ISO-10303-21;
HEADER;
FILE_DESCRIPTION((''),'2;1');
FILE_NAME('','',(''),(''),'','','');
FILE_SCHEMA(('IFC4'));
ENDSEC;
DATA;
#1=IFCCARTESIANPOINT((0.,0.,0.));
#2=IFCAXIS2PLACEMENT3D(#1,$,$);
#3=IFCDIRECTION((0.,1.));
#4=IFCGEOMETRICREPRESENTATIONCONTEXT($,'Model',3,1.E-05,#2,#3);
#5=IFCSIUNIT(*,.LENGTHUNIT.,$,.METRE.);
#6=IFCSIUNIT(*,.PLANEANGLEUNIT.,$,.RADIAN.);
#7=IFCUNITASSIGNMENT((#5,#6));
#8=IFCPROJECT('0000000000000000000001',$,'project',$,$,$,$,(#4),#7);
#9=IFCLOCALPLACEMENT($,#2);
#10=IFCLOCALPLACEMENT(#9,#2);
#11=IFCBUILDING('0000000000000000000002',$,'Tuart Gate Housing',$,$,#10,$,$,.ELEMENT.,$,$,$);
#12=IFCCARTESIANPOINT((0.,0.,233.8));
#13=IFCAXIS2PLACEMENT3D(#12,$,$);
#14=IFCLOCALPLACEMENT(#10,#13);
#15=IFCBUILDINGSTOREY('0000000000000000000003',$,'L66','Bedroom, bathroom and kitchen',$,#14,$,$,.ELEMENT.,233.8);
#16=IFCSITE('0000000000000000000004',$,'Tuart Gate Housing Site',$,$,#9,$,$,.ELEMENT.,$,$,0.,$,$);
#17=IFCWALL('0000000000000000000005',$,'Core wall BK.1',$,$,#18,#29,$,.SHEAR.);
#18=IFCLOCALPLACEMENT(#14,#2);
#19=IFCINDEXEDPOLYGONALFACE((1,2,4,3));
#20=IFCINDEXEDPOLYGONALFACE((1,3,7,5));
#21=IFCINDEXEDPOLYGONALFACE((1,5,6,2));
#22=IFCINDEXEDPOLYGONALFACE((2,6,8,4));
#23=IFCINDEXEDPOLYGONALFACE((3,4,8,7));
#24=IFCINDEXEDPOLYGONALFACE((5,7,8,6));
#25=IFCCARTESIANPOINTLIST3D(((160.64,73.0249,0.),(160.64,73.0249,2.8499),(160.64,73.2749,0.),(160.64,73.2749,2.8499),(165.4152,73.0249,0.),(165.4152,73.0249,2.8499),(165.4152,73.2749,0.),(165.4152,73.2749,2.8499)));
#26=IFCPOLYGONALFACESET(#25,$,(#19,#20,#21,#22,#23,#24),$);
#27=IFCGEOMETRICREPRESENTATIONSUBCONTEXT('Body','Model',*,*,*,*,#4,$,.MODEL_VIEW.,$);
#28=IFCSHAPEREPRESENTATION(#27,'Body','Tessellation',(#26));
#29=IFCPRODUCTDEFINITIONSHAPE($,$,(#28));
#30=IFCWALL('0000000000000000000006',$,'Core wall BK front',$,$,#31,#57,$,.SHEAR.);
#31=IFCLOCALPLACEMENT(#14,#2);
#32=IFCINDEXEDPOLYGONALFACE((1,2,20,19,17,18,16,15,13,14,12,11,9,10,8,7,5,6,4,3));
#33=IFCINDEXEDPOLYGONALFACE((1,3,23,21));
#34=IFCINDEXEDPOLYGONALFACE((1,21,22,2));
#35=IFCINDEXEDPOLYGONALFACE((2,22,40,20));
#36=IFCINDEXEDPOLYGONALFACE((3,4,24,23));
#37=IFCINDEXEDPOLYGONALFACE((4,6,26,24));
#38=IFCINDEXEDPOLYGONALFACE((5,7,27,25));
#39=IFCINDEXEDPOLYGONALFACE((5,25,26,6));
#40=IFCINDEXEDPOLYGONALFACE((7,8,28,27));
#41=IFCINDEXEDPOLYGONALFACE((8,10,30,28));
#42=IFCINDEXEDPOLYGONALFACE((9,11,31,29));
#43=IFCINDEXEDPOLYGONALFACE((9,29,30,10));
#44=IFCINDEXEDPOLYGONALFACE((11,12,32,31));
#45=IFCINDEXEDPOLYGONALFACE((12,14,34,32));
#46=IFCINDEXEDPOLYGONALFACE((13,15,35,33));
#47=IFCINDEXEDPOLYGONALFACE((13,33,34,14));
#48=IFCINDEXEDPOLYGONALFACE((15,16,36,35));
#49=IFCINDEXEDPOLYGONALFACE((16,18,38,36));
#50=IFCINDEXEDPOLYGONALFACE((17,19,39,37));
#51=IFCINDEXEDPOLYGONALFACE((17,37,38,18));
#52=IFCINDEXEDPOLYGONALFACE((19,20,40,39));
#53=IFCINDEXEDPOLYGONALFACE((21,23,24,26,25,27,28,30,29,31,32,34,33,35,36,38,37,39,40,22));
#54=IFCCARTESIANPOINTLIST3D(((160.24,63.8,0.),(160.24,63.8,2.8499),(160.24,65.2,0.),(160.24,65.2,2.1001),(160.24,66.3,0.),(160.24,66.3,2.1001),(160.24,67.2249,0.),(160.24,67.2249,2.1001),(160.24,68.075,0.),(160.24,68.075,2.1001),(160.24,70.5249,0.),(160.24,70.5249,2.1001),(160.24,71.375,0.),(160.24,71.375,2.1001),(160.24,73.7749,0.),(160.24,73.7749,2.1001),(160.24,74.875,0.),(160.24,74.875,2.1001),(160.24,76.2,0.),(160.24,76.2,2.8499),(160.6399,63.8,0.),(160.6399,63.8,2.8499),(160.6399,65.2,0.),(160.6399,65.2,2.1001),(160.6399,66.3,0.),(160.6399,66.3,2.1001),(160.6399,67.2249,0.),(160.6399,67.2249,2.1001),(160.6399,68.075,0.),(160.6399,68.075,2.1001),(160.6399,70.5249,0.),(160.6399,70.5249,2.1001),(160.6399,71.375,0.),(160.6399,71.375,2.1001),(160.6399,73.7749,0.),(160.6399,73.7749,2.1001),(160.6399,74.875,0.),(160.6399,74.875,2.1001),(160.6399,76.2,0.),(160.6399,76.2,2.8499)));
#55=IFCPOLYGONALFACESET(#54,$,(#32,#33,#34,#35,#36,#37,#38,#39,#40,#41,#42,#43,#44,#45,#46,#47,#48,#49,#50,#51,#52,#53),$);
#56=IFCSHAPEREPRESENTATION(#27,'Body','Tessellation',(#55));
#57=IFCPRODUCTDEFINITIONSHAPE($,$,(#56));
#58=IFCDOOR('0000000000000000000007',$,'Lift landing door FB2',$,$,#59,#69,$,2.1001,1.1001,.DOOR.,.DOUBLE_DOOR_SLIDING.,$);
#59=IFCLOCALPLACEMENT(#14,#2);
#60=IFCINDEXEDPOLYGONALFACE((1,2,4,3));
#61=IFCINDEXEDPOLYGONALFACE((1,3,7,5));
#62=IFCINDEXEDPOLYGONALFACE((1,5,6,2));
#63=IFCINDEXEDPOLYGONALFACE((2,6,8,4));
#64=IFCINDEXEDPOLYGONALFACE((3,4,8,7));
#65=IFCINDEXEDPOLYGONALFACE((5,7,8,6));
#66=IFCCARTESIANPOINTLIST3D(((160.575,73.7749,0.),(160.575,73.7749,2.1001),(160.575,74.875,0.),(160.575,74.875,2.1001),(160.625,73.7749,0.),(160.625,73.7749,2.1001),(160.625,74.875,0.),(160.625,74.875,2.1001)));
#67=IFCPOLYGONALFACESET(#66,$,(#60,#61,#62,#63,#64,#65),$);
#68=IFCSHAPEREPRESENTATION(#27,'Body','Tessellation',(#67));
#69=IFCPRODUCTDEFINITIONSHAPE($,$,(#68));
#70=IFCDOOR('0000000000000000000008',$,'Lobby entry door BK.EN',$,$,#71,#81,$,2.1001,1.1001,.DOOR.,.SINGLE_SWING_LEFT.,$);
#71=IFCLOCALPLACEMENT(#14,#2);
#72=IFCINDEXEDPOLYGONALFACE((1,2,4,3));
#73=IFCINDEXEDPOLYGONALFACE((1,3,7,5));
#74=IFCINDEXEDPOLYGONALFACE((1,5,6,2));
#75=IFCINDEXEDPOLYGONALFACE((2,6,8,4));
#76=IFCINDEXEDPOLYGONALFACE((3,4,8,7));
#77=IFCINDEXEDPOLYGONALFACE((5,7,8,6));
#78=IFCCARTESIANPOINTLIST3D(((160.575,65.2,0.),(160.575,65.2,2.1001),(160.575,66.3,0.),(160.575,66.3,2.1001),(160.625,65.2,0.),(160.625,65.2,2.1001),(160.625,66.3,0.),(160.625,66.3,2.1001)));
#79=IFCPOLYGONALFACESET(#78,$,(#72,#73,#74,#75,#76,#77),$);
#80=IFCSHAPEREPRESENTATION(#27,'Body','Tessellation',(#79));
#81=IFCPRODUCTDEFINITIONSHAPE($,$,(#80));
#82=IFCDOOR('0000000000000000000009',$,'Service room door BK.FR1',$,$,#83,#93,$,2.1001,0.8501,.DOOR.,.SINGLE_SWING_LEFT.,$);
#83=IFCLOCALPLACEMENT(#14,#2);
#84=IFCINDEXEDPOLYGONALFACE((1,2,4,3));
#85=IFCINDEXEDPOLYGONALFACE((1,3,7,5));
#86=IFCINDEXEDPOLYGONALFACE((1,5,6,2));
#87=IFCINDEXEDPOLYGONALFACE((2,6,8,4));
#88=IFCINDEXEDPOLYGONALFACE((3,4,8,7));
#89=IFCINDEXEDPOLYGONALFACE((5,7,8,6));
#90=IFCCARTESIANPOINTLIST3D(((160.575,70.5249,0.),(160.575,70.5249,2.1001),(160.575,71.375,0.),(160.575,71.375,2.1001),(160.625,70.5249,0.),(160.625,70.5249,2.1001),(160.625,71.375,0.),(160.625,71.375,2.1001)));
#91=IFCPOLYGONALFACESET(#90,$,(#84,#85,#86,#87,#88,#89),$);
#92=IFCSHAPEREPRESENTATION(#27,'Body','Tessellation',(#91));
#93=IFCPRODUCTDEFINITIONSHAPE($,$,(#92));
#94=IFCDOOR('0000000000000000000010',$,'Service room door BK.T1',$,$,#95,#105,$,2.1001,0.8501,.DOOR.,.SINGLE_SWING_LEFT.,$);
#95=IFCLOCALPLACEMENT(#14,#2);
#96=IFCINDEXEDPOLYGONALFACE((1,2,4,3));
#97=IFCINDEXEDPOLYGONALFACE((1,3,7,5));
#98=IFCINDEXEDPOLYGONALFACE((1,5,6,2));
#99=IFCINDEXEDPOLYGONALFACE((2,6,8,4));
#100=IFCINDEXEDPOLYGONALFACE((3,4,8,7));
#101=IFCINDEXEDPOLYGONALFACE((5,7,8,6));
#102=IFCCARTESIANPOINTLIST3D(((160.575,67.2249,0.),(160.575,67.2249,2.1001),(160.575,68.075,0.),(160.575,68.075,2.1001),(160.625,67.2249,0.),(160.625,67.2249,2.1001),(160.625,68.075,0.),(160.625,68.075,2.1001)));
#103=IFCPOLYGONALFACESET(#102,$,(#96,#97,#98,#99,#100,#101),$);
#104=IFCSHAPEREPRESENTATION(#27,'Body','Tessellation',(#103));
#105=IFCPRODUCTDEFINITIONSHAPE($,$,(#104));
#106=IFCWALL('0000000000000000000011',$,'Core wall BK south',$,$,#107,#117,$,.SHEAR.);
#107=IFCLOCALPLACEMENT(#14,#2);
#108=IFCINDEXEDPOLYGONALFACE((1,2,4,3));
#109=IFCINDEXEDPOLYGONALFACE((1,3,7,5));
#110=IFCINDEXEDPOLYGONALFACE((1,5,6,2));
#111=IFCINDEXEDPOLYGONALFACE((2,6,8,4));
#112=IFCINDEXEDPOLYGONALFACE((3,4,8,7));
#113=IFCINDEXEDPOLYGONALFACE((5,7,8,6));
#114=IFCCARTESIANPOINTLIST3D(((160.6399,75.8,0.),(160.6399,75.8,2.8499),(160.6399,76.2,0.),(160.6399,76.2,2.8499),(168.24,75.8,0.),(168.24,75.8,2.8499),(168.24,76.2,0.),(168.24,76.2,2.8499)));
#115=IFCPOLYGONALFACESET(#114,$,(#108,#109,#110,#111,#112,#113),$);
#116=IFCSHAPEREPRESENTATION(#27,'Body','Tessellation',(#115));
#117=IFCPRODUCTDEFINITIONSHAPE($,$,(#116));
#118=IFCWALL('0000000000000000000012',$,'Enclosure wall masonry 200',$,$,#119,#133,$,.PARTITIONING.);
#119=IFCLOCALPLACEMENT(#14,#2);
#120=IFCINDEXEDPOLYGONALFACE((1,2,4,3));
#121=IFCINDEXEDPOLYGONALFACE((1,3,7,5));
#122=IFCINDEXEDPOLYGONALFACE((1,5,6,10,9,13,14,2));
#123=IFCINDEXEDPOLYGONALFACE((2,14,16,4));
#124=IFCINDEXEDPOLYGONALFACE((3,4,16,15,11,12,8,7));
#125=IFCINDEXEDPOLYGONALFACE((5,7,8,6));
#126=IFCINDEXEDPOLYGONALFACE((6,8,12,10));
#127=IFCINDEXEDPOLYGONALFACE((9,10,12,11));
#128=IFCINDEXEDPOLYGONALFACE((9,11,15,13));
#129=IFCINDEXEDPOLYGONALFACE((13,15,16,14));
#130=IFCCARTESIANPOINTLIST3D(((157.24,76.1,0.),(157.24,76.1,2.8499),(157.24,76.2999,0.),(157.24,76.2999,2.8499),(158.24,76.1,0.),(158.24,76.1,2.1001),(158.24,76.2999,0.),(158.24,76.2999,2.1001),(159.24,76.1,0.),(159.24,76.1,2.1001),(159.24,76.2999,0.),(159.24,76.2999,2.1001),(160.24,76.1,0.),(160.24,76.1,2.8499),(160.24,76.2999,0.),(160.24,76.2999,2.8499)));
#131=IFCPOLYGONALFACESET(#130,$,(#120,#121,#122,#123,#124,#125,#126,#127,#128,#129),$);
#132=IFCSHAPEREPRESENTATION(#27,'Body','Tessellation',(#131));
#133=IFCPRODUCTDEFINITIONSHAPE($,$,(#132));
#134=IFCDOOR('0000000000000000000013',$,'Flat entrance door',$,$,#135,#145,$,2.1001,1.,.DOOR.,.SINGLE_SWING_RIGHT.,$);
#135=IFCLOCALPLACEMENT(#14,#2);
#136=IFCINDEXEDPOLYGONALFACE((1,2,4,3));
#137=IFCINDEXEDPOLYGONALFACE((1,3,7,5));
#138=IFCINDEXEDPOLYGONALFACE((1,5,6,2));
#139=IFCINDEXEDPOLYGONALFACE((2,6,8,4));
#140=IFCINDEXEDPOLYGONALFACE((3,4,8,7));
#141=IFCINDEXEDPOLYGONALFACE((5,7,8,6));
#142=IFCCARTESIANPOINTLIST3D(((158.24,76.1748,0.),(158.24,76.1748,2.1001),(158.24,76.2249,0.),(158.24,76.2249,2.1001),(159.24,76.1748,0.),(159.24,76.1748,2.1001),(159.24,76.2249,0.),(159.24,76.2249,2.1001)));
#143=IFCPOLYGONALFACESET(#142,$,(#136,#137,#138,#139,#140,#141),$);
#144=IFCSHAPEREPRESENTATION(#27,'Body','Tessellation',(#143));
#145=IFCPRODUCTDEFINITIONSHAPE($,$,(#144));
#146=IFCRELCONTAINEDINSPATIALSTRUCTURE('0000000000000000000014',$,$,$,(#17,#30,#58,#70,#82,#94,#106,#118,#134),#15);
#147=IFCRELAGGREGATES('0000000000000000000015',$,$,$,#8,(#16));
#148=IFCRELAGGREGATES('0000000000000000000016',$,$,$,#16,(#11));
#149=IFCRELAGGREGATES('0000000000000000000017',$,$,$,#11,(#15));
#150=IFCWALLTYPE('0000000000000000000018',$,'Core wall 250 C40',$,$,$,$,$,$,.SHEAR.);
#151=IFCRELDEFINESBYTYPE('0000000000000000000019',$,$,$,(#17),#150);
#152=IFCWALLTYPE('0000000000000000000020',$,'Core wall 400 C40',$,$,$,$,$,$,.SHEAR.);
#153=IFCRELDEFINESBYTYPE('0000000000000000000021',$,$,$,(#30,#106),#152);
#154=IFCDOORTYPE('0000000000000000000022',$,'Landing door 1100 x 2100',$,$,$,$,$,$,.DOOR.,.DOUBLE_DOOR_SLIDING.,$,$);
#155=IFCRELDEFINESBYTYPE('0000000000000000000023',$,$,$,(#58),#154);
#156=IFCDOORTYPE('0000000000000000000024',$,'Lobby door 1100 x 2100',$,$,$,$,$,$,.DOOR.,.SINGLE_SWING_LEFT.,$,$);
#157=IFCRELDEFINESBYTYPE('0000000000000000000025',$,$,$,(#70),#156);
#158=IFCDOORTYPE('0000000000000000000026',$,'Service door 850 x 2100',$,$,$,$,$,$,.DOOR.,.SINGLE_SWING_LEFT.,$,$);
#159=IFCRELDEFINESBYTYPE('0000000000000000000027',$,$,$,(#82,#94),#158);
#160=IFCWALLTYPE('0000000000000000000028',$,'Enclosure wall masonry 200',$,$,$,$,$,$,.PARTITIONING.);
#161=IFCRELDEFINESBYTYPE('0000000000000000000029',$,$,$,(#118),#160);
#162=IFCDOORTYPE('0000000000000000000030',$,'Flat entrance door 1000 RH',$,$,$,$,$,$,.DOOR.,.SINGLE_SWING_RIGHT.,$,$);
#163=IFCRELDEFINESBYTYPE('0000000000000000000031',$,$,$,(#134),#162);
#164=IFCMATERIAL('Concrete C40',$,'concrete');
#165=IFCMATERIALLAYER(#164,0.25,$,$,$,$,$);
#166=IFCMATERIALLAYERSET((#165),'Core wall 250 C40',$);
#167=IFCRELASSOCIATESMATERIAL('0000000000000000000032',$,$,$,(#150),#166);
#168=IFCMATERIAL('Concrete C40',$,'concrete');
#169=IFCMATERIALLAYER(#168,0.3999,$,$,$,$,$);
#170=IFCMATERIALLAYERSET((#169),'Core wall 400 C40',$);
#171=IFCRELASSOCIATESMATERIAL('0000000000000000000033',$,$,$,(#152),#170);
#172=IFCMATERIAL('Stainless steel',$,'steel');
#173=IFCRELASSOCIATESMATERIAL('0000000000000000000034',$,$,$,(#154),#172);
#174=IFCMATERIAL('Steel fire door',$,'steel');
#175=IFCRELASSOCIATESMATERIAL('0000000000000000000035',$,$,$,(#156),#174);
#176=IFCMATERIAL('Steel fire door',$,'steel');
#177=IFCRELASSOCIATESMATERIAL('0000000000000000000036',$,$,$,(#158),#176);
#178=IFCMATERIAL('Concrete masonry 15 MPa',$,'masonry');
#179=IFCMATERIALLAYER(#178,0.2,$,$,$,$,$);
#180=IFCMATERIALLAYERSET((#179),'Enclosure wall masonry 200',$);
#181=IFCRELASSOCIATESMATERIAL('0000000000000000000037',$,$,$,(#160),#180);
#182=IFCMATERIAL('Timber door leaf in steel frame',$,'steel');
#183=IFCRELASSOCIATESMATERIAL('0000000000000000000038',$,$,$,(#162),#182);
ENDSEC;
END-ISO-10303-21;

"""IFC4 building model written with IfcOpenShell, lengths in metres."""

from ifc_helpers import new_model, si_unit, direction, frame, frame_2d, origin, place, context, subcontext, project, spatial, rectangle, extrude, material, layer, layer_set, type_object, element, fill, save


model = new_model("IFC4")

# Units and contexts
model_context = context("Model", 3, precision=1e-05, world=origin(), true_north=direction((0.0, 1.0)))
body_context = subcontext(model_context, "Body", "Model", "MODEL_VIEW")
ifc_project = project(units=[si_unit("LENGTHUNIT", "METRE"), si_unit("PLANEANGLEUNIT", "RADIAN")], contexts=[model_context])

# Site, building, storey
site_placement = place(None, origin())
site = spatial("IfcSite", under=ifc_project, at=site_placement, Name="Tuart Gate Housing Site", CompositionType="ELEMENT", RefElevation=0.0)
building_placement = place(site_placement, origin())
building = spatial("IfcBuilding", under=site, at=building_placement, Name="Tuart Gate Housing", CompositionType="ELEMENT")
storey_placement = place(building_placement, frame((0.0, 0.0, 233.8)))
storey = spatial("IfcBuildingStorey", under=building, at=storey_placement, Name="L66", Description="Bedroom, bathroom and kitchen", CompositionType="ELEMENT", Elevation=233.8)

# Wall
ifc_material_1 = material(Name="Concrete C40", Category="concrete")
ifc_layer_1 = layer(ifc_material_1, 0.25)
ifc_layer_set_1 = layer_set([ifc_layer_1], Name="Core wall 250 C40")
wall_type_1 = type_object("IfcWallType", Name="Core wall 250 C40", PredefinedType="SHEAR", material=ifc_layer_set_1)
wall_1_placement = place(storey_placement, frame((160.6399, 73.1499, 0.0), z_axis=(0.0, 0.0, 1.0), x_axis=(1.0, 0.0, 0.0)))
element("IfcWall", 1, at=wall_1_placement, inside=storey, type_object=wall_type_1, Name="Core wall BK.1", PredefinedType="SHEAR", context=body_context, shape_type="SweptSolid", body=[
    extrude(rectangle(XDim=4.7751, YDim=0.25, at=frame_2d((2.3877, 0.0))), origin(), (0.0, 0.0, 1.0), 2.8499),
])

# Wall, openings, doors
ifc_material_2 = material(Name="Concrete C40", Category="concrete")
ifc_layer_2 = layer(ifc_material_2, 0.3999)
ifc_layer_set_2 = layer_set([ifc_layer_2], Name="Core wall 400 C40")
wall_type_2 = type_object("IfcWallType", Name="Core wall 400 C40", PredefinedType="SHEAR", material=ifc_layer_set_2)
wall_2_placement = place(storey_placement, frame((160.4399, 76.2, 0.0), z_axis=(0.0, 0.0, 1.0), x_axis=(0.0, -1.0, 0.0)))
wall_2 = element("IfcWall", 2, at=wall_2_placement, inside=storey, type_object=wall_type_2, Name="Core wall BK front", PredefinedType="SHEAR", context=body_context, shape_type="SweptSolid", body=[
    extrude(rectangle(XDim=12.3999, YDim=0.3999, at=frame_2d((6.2, 0.0))), origin(), (0.0, 0.0, 1.0), 2.8499),
])
opening_1_placement = place(wall_2_placement, frame((1.325, 0.0, 0.0)))
opening_1 = element("IfcOpeningElement", 3, at=opening_1_placement, cuts=wall_2, PredefinedType="OPENING", context=body_context, shape_type="SweptSolid", body=[
    extrude(rectangle(XDim=1.1001, YDim=2.1001, at=frame_2d((0.55, 1.05))), frame((0.0, 0.21, 0.0), z_axis=(0.0, -1.0, 0.0), x_axis=(1.0, 0.0, 0.0)), (0.0, 0.0, 1.0), 0.4199),
])
opening_2_placement = place(wall_2_placement, frame((4.825, 0.0, 0.0)))
opening_2 = element("IfcOpeningElement", 4, at=opening_2_placement, cuts=wall_2, PredefinedType="OPENING", context=body_context, shape_type="SweptSolid", body=[
    extrude(rectangle(XDim=0.8501, YDim=2.1001, at=frame_2d((0.425, 1.05))), frame((0.0, 0.21, 0.0), z_axis=(0.0, -1.0, 0.0), x_axis=(1.0, 0.0, 0.0)), (0.0, 0.0, 1.0), 0.4199),
])
opening_3_placement = place(wall_2_placement, frame((9.8999, 0.0, 0.0)))
opening_3 = element("IfcOpeningElement", 5, at=opening_3_placement, cuts=wall_2, PredefinedType="OPENING", context=body_context, shape_type="SweptSolid", body=[
    extrude(rectangle(XDim=1.1001, YDim=2.1001, at=frame_2d((0.55, 1.05))), frame((0.0, 0.21, 0.0), z_axis=(0.0, -1.0, 0.0), x_axis=(1.0, 0.0, 0.0)), (0.0, 0.0, 1.0), 0.4199),
])
opening_4_placement = place(wall_2_placement, frame((8.125, 0.0, 0.0)))
opening_4 = element("IfcOpeningElement", 6, at=opening_4_placement, cuts=wall_2, PredefinedType="OPENING", context=body_context, shape_type="SweptSolid", body=[
    extrude(rectangle(XDim=0.8501, YDim=2.1001, at=frame_2d((0.425, 1.05))), frame((0.0, 0.21, 0.0), z_axis=(0.0, -1.0, 0.0), x_axis=(1.0, 0.0, 0.0)), (0.0, 0.0, 1.0), 0.4199),
])
ifc_material_3 = material(Name="Stainless steel", Category="steel")
door_type_1 = type_object("IfcDoorType", Name="Landing door 1100 x 2100", OperationType="DOUBLE_DOOR_SLIDING", PredefinedType="DOOR", material=ifc_material_3)
door_1_placement = place(opening_1_placement, origin())
door_1 = element("IfcDoor", 7, at=door_1_placement, inside=storey, type_object=door_type_1, Name="Lift landing door FB2", OperationType="DOUBLE_DOOR_SLIDING", OverallHeight=2.1001, OverallWidth=1.1001, PredefinedType="DOOR", context=body_context, shape_type="SweptSolid", body=[
    extrude(rectangle(XDim=1.1001, YDim=2.1001, at=frame_2d((0.55, 1.05))), frame((0.0, 0.1851, 0.0), z_axis=(0.0, -1.0, 0.0), x_axis=(1.0, 0.0, 0.0)), (0.0, 0.0, 1.0), 0.05),
])
fill(opening_1, door_1)
ifc_material_4 = material(Name="Steel fire door", Category="steel")
door_type_2 = type_object("IfcDoorType", Name="Lobby door 1100 x 2100", OperationType="SINGLE_SWING_LEFT", PredefinedType="DOOR", material=ifc_material_4)
door_2_placement = place(opening_3_placement, origin())
door_2 = element("IfcDoor", 8, at=door_2_placement, inside=storey, type_object=door_type_2, Name="Lobby entry door BK.EN", OperationType="SINGLE_SWING_LEFT", OverallHeight=2.1001, OverallWidth=1.1001, PredefinedType="DOOR", context=body_context, shape_type="SweptSolid", body=[
    extrude(rectangle(XDim=1.1001, YDim=2.1001, at=frame_2d((0.55, 1.05))), frame((0.0, 0.1851, 0.0), z_axis=(0.0, -1.0, 0.0), x_axis=(1.0, 0.0, 0.0)), (0.0, 0.0, 1.0), 0.05),
])
fill(opening_3, door_2)
ifc_material_5 = material(Name="Steel fire door", Category="steel")
door_type_3 = type_object("IfcDoorType", Name="Service door 850 x 2100", OperationType="SINGLE_SWING_LEFT", PredefinedType="DOOR", material=ifc_material_5)
door_3_placement = place(opening_2_placement, origin())
door_3 = element("IfcDoor", 9, at=door_3_placement, inside=storey, type_object=door_type_3, Name="Service room door BK.FR1", OperationType="SINGLE_SWING_LEFT", OverallHeight=2.1001, OverallWidth=0.8501, PredefinedType="DOOR", context=body_context, shape_type="SweptSolid", body=[
    extrude(rectangle(XDim=0.8501, YDim=2.1001, at=frame_2d((0.425, 1.05))), frame((0.0, 0.1851, 0.0), z_axis=(0.0, -1.0, 0.0), x_axis=(1.0, 0.0, 0.0)), (0.0, 0.0, 1.0), 0.05),
])
fill(opening_2, door_3)
door_4_placement = place(opening_4_placement, origin())
door_4 = element("IfcDoor", 10, at=door_4_placement, inside=storey, type_object=door_type_3, Name="Service room door BK.T1", OperationType="SINGLE_SWING_LEFT", OverallHeight=2.1001, OverallWidth=0.8501, PredefinedType="DOOR", context=body_context, shape_type="SweptSolid", body=[
    extrude(rectangle(XDim=0.8501, YDim=2.1001, at=frame_2d((0.425, 1.05))), frame((0.0, 0.1851, 0.0), z_axis=(0.0, -1.0, 0.0), x_axis=(1.0, 0.0, 0.0)), (0.0, 0.0, 1.0), 0.05),
])
fill(opening_4, door_4)

# Wall
wall_3_placement = place(storey_placement, frame((160.6399, 76.0, 0.0), z_axis=(0.0, 0.0, 1.0), x_axis=(1.0, 0.0, 0.0)))
element("IfcWall", 11, at=wall_3_placement, inside=storey, type_object=wall_type_2, Name="Core wall BK south", PredefinedType="SHEAR", context=body_context, shape_type="SweptSolid", body=[
    extrude(rectangle(XDim=7.6001, YDim=0.3999, at=frame_2d((3.8, 0.0))), origin(), (0.0, 0.0, 1.0), 2.8499),
])

# Wall, opening, door
ifc_material_6 = material(Name="Concrete masonry 15 MPa", Category="masonry")
ifc_layer_3 = layer(ifc_material_6, 0.2)
ifc_layer_set_3 = layer_set([ifc_layer_3], Name="Enclosure wall masonry 200")
wall_type_3 = type_object("IfcWallType", Name="Enclosure wall masonry 200", PredefinedType="PARTITIONING", material=ifc_layer_set_3)
wall_4_placement = place(storey_placement, frame((157.24, 76.2, 0.0), z_axis=(0.0, 0.0, 1.0), x_axis=(1.0, 0.0, 0.0)))
wall_4 = element("IfcWall", 12, at=wall_4_placement, inside=storey, type_object=wall_type_3, Name="Enclosure wall masonry 200", PredefinedType="PARTITIONING", context=body_context, shape_type="SweptSolid", body=[
    extrude(rectangle(XDim=3.0, YDim=0.2, at=frame_2d((1.5, 0.0))), origin(), (0.0, 0.0, 1.0), 2.8499),
])
opening_5_placement = place(wall_4_placement, frame((1.0, 0.0, 0.0)))
opening_5 = element("IfcOpeningElement", 13, at=opening_5_placement, cuts=wall_4, PredefinedType="OPENING", context=body_context, shape_type="SweptSolid", body=[
    extrude(rectangle(XDim=1.0, YDim=2.1001, at=frame_2d((0.5, 1.05))), frame((0.0, 0.1099, 0.0), z_axis=(0.0, -1.0, 0.0), x_axis=(1.0, 0.0, 0.0)), (0.0, 0.0, 1.0), 0.22),
])
ifc_material_7 = material(Name="Timber door leaf in steel frame", Category="steel")
door_type_4 = type_object("IfcDoorType", Name="Flat entrance door 1000 RH", OperationType="SINGLE_SWING_RIGHT", PredefinedType="DOOR", material=ifc_material_7)
door_5_placement = place(opening_5_placement, origin())
door_5 = element("IfcDoor", 14, at=door_5_placement, inside=storey, type_object=door_type_4, Name="Flat entrance door", OperationType="SINGLE_SWING_RIGHT", OverallHeight=2.1001, OverallWidth=1.0, PredefinedType="DOOR", context=body_context, shape_type="SweptSolid", body=[
    extrude(rectangle(XDim=1.0, YDim=2.1001, at=frame_2d((0.5, 1.05))), frame((0.0, 0.0249, 0.0), z_axis=(0.0, -1.0, 0.0), x_axis=(1.0, 0.0, 0.0)), (0.0, 0.0, 1.0), 0.05),
])
fill(opening_5, door_5)

save(model, "model.ifc")
